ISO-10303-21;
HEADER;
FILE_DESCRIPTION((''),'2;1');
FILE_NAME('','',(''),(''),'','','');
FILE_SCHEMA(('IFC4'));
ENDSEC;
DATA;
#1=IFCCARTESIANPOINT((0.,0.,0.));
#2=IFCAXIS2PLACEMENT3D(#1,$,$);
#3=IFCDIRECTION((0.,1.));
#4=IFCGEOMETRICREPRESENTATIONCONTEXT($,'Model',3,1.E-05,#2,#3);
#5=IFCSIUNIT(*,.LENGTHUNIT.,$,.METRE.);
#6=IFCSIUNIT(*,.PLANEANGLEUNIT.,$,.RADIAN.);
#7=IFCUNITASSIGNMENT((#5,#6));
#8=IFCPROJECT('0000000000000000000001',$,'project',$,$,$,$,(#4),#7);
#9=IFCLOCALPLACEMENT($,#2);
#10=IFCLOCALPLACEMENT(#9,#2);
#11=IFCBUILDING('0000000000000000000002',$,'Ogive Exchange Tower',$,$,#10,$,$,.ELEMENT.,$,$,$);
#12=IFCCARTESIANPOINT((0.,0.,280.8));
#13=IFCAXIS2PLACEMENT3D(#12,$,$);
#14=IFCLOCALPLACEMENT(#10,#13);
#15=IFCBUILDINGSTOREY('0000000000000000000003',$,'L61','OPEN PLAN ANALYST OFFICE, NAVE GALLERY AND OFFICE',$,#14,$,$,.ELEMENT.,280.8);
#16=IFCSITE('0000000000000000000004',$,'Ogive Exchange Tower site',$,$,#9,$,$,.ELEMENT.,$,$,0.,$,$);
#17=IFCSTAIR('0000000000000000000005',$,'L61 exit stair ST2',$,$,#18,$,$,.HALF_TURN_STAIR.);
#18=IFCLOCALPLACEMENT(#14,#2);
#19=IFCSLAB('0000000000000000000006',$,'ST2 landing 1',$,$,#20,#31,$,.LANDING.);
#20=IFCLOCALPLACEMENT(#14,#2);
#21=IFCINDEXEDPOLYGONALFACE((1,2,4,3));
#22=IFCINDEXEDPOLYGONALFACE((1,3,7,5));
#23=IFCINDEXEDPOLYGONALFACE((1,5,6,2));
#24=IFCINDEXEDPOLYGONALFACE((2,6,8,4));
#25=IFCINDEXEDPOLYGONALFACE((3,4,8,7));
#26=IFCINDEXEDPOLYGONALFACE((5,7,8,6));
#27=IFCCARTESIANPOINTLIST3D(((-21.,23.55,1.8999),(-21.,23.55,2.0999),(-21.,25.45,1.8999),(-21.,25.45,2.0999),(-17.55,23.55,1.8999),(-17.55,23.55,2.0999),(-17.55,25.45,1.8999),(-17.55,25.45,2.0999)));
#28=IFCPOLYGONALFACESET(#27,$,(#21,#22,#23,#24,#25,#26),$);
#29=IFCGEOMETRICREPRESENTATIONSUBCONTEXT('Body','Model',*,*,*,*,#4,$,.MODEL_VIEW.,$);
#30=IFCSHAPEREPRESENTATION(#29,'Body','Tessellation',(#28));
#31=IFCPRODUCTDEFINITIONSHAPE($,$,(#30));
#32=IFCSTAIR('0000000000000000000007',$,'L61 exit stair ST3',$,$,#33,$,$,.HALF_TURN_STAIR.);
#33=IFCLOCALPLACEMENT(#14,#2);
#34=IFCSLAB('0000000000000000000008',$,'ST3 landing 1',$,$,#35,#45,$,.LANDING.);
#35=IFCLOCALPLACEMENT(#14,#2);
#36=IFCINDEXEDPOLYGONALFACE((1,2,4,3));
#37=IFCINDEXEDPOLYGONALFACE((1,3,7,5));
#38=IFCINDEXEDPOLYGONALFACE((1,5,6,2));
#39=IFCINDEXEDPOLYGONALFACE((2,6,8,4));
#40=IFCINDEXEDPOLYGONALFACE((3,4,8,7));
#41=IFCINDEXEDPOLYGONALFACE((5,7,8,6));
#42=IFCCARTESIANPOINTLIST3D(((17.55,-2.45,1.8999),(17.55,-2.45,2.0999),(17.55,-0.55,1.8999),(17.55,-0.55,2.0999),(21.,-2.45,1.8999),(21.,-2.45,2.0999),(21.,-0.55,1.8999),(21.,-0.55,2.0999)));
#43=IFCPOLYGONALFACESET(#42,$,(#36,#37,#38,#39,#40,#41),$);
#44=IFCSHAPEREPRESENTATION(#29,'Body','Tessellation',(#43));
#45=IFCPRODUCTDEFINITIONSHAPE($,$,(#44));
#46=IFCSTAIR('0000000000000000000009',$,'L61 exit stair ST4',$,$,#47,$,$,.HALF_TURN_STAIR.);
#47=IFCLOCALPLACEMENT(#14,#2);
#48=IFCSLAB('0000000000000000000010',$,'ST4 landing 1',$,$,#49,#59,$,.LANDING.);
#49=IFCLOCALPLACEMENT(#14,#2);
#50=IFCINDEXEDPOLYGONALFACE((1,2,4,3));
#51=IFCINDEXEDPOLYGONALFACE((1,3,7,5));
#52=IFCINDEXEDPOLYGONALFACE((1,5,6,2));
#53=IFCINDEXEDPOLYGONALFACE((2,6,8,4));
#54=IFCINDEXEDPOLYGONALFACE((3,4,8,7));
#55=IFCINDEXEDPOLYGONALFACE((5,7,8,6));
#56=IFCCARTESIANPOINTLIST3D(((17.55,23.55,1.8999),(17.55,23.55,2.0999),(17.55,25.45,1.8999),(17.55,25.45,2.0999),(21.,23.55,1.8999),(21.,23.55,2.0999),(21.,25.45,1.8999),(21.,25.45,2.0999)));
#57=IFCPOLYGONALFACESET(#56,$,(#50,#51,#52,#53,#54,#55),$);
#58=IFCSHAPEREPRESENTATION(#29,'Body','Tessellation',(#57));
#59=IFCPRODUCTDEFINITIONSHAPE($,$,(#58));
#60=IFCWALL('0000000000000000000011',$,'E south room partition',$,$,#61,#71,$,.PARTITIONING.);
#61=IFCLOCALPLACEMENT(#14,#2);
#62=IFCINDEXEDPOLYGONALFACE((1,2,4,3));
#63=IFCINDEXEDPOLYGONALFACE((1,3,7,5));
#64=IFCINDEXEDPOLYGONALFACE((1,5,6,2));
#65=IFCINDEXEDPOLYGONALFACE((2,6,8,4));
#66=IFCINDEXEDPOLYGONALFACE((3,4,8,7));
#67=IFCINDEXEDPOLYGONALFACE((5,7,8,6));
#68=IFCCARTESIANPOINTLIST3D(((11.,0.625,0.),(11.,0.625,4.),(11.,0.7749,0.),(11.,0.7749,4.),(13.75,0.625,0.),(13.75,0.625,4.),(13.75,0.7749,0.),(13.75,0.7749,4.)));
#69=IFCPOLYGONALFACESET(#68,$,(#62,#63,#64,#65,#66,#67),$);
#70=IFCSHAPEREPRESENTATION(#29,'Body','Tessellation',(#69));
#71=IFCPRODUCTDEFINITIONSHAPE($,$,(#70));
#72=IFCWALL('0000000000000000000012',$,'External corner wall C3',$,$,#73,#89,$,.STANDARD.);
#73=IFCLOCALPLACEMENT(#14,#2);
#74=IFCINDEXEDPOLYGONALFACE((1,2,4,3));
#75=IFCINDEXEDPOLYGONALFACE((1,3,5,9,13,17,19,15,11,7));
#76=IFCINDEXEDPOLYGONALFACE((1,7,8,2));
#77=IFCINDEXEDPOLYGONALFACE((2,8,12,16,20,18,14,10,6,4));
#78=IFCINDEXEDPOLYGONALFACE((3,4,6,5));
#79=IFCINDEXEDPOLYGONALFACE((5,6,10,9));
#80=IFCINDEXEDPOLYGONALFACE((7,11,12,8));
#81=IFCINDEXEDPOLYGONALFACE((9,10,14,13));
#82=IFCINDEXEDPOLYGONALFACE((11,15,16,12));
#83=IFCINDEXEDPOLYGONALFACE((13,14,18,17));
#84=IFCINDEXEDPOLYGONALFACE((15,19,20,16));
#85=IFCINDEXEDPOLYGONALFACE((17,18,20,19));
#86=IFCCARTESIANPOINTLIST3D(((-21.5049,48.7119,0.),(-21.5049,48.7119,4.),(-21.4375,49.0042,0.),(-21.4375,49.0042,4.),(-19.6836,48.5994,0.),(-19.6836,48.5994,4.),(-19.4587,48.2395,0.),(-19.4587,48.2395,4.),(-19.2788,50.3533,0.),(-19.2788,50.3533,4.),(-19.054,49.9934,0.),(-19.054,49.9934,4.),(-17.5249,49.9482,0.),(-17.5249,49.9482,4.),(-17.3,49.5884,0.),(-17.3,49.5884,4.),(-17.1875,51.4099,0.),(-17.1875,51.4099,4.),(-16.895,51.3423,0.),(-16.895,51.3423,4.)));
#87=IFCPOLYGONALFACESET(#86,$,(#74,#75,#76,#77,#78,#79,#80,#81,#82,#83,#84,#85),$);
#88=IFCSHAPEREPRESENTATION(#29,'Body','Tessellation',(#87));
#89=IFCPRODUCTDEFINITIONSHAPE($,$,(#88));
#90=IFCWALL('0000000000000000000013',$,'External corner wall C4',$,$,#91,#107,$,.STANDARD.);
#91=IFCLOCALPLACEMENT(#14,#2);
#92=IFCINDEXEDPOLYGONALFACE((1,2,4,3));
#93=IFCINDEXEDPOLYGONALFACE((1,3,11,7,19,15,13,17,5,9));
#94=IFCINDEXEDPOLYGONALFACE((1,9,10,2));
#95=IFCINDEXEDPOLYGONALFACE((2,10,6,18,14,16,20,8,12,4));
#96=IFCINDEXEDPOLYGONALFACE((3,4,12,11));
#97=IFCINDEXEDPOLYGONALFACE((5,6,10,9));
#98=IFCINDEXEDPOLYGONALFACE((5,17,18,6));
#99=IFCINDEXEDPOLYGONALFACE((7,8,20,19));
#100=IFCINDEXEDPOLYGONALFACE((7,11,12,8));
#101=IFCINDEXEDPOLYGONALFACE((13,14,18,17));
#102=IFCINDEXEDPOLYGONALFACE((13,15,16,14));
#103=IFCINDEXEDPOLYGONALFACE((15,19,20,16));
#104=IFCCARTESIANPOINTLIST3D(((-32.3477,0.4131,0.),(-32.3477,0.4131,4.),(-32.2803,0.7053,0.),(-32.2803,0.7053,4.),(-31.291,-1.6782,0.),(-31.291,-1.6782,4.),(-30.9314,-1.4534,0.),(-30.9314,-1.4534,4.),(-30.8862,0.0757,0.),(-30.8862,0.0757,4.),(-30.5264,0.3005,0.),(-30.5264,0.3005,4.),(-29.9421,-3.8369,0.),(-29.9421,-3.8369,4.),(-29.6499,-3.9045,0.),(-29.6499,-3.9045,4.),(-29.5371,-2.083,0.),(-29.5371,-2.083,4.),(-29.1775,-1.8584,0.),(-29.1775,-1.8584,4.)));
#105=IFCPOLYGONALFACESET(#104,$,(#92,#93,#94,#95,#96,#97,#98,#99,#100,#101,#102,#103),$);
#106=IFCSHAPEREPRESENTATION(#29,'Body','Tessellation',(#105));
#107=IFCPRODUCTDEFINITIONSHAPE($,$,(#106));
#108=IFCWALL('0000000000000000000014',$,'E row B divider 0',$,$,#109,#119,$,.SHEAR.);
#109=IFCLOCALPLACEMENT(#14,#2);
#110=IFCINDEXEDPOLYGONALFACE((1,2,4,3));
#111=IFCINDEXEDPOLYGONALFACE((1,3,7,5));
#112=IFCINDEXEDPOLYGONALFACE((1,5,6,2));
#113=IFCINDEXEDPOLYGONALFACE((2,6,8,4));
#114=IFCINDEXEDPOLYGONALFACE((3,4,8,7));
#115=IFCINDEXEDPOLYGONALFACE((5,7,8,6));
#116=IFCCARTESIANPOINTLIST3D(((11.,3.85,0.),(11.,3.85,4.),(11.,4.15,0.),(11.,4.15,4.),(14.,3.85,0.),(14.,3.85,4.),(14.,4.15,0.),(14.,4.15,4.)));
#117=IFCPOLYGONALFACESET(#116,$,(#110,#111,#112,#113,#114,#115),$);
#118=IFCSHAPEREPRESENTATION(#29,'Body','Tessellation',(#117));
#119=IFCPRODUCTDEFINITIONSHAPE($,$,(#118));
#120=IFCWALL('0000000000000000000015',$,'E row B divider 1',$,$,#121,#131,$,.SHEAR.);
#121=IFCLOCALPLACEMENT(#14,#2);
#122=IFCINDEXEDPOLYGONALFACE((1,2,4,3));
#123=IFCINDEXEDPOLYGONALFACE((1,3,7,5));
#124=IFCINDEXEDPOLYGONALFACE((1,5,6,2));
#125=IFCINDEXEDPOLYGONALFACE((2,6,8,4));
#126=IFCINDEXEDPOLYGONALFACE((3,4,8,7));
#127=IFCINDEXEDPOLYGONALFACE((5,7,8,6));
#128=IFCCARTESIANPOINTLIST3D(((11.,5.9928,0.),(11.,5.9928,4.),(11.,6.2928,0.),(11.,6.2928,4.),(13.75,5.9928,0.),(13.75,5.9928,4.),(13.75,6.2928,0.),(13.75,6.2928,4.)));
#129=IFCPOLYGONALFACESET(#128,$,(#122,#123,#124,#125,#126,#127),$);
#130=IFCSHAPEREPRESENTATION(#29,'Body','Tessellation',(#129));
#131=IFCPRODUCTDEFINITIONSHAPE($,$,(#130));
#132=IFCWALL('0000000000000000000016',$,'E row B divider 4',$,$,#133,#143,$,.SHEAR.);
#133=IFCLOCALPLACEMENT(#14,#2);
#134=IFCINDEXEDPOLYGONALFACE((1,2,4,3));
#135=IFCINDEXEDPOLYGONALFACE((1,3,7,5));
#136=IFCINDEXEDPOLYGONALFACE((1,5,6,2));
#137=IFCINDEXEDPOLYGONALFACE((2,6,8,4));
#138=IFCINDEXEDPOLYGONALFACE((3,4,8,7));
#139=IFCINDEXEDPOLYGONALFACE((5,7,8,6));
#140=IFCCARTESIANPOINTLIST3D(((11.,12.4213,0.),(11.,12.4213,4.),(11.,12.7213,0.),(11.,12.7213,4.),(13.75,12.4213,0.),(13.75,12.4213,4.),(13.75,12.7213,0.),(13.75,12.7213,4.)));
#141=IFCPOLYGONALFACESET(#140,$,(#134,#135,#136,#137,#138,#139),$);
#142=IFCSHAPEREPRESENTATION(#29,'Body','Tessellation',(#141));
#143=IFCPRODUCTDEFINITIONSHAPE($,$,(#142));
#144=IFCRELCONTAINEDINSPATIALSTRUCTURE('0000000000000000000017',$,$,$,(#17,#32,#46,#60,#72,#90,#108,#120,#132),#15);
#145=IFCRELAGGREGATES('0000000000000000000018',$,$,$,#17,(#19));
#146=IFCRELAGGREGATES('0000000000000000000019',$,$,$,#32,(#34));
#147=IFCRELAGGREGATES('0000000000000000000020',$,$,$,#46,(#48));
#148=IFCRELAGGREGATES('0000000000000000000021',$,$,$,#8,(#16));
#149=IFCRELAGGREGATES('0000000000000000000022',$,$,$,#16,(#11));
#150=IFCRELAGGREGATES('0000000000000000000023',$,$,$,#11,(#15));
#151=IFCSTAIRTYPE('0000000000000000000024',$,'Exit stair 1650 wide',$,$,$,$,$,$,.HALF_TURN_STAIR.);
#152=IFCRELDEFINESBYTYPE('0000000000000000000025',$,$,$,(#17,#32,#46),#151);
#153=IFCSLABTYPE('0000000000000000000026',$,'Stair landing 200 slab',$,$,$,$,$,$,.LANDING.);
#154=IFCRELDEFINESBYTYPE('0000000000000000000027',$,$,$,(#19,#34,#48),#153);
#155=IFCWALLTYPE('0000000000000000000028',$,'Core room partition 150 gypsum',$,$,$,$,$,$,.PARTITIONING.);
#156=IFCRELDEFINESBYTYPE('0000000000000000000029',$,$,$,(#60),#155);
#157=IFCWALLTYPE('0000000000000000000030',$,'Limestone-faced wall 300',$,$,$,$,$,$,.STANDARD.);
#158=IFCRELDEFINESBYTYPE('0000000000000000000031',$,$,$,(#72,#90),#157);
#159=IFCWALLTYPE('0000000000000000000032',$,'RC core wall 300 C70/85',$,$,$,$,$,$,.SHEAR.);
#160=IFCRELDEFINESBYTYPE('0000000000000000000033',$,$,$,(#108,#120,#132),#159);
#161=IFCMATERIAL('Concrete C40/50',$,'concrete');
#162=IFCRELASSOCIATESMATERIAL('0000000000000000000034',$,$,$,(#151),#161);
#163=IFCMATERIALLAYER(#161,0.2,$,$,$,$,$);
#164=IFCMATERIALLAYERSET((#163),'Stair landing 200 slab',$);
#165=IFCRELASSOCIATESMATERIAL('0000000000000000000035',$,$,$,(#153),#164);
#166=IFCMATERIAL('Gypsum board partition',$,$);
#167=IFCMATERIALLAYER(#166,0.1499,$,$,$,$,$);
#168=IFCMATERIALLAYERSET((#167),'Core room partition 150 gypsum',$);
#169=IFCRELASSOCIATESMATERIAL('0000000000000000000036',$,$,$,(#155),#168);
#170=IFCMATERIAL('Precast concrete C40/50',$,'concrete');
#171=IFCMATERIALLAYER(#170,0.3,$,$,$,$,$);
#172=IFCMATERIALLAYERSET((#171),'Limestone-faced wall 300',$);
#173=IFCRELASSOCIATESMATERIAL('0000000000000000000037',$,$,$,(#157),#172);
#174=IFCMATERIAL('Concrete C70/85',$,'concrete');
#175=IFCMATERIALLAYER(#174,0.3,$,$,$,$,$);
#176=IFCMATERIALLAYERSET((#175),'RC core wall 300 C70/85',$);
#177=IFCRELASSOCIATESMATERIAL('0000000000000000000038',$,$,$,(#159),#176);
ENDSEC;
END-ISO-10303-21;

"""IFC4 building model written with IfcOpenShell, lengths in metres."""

from ifc_helpers import new_model, si_unit, direction, frame, frame_2d, origin, place, context, subcontext, project, spatial, polyline, rectangle, outline, extrude, material, layer, layer_set, type_object, element, aggregate, save


model = new_model("IFC4")

# Units and contexts
model_context = context("Model", 3, precision=1e-05, world=origin(), true_north=direction((0.0, 1.0)))
body_context = subcontext(model_context, "Body", "Model", "MODEL_VIEW")
ifc_project = project(units=[si_unit("LENGTHUNIT", "METRE"), si_unit("PLANEANGLEUNIT", "RADIAN")], contexts=[model_context])

# Site, building, storey
site_placement = place(None, origin())
site = spatial("IfcSite", under=ifc_project, at=site_placement, Name="Ogive Exchange Tower site", CompositionType="ELEMENT", RefElevation=0.0)
building_placement = place(site_placement, origin())
building = spatial("IfcBuilding", under=site, at=building_placement, Name="Ogive Exchange Tower", CompositionType="ELEMENT")
storey_placement = place(building_placement, frame((0.0, 0.0, 280.8)))
storey = spatial("IfcBuildingStorey", under=building, at=storey_placement, Name="L61", Description="OPEN PLAN ANALYST OFFICE, NAVE GALLERY AND OFFICE", CompositionType="ELEMENT", Elevation=280.8)

# Shared definitions
ifc_material_1 = material(Name="Concrete C70/85", Category="concrete")

# Stairs, slabs
ifc_material_2 = material(Name="Concrete C40/50", Category="concrete")
stair_type = type_object("IfcStairType", Name="Exit stair 1650 wide", PredefinedType="HALF_TURN_STAIR", material=ifc_material_2)
ifc_layer_1 = layer(ifc_material_2, 0.2)
ifc_layer_set_1 = layer_set([ifc_layer_1], Name="Stair landing 200 slab")
slab_type_1 = type_object("IfcSlabType", Name="Stair landing 200 slab", PredefinedType="LANDING", material=ifc_layer_set_1)
stair_1_placement = place(storey_placement, origin())
stair_1 = element("IfcStair", 1, at=stair_1_placement, inside=storey, type_object=stair_type, Name="L61 exit stair ST2", PredefinedType="HALF_TURN_STAIR")
slab_1_placement = place(storey_placement, frame((0.0, 0.0, 1.8999)))
slab_1 = element("IfcSlab", 2, at=slab_1_placement, type_object=slab_type_1, Name="ST2 landing 1", PredefinedType="LANDING", context=body_context, shape_type="SweptSolid", body=[
    extrude(outline(polyline([(-17.55, 23.55), (-17.55, 25.45), (-21.0, 25.45), (-21.0, 23.55), (-17.55, 23.55)])), origin(), (0.0, 0.0, 1.0), 0.2),
])
aggregate(stair_1, [slab_1])
stair_2_placement = place(storey_placement, origin())
stair_2 = element("IfcStair", 3, at=stair_2_placement, inside=storey, type_object=stair_type, Name="L61 exit stair ST3", PredefinedType="HALF_TURN_STAIR")
slab_2_placement = place(storey_placement, frame((0.0, 0.0, 1.8999)))
slab_2 = element("IfcSlab", 4, at=slab_2_placement, type_object=slab_type_1, Name="ST3 landing 1", PredefinedType="LANDING", context=body_context, shape_type="SweptSolid", body=[
    extrude(outline(polyline([(17.55, -0.55), (17.55, -2.45), (21.0, -2.45), (21.0, -0.55), (17.55, -0.55)])), origin(), (0.0, 0.0, 1.0), 0.2),
])
aggregate(stair_2, [slab_2])
stair_3_placement = place(storey_placement, origin())
stair_3 = element("IfcStair", 5, at=stair_3_placement, inside=storey, type_object=stair_type, Name="L61 exit stair ST4", PredefinedType="HALF_TURN_STAIR")
slab_3_placement = place(storey_placement, frame((0.0, 0.0, 1.8999)))
slab_3 = element("IfcSlab", 6, at=slab_3_placement, type_object=slab_type_1, Name="ST4 landing 1", PredefinedType="LANDING", context=body_context, shape_type="SweptSolid", body=[
    extrude(outline(polyline([(21.0, 23.55), (21.0, 25.45), (17.55, 25.45), (17.55, 23.55), (21.0, 23.55)])), origin(), (0.0, 0.0, 1.0), 0.2),
])
aggregate(stair_3, [slab_3])

# Walls
ifc_material_3 = material(Name="Gypsum board partition")
ifc_layer_2 = layer(ifc_material_3, 0.1499)
ifc_layer_set_2 = layer_set([ifc_layer_2], Name="Core room partition 150 gypsum")
wall_type_1 = type_object("IfcWallType", Name="Core room partition 150 gypsum", PredefinedType="PARTITIONING", material=ifc_layer_set_2)
wall_1_placement = place(storey_placement, frame((11.0, 0.7, 0.0), z_axis=(0.0, 0.0, 1.0), x_axis=(1.0, 0.0, 0.0)))
element("IfcWall", 7, at=wall_1_placement, inside=storey, type_object=wall_type_1, Name="E south room partition", PredefinedType="PARTITIONING", context=body_context, shape_type="SweptSolid", body=[
    extrude(rectangle(XDim=2.75, YDim=0.1499, at=frame_2d((1.375, 0.0))), origin(), (0.0, 0.0, 1.0), 4.0),
])
ifc_material_4 = material(Name="Precast concrete C40/50", Category="concrete")
ifc_layer_3 = layer(ifc_material_4, 0.3)
ifc_layer_set_3 = layer_set([ifc_layer_3], Name="Limestone-faced wall 300")
wall_type_2 = type_object("IfcWallType", Name="Limestone-faced wall 300", PredefinedType="STANDARD", material=ifc_layer_set_3)
wall_2_placement = place(storey_placement, origin())
element("IfcWall", 8, at=wall_2_placement, inside=storey, type_object=wall_type_2, Name="External corner wall C3", PredefinedType="STANDARD", context=body_context, shape_type="SweptSolid", body=[
    extrude(outline(polyline([(-21.5049, 48.7119), (-21.4375, 49.0042), (-19.6836, 48.5994), (-19.2788, 50.3533), (-17.5249, 49.9482), (-17.1875, 51.4099), (-16.895, 51.3423), (-17.3, 49.5884), (-19.054, 49.9934), (-19.4587, 48.2395), (-21.5049, 48.7119)])), origin(), (0.0, 0.0, 1.0), 4.0),
])
wall_3_placement = place(storey_placement, origin())
element("IfcWall", 9, at=wall_3_placement, inside=storey, type_object=wall_type_2, Name="External corner wall C4", PredefinedType="STANDARD", context=body_context, shape_type="SweptSolid", body=[
    extrude(outline(polyline([(-31.291, -1.6782), (-30.8862, 0.0757), (-32.3477, 0.4131), (-32.2803, 0.7053), (-30.5264, 0.3005), (-30.9314, -1.4534), (-29.1775, -1.8584), (-29.6499, -3.9045), (-29.9421, -3.8369), (-29.5371, -2.083), (-31.291, -1.6782)])), origin(), (0.0, 0.0, 1.0), 4.0),
])
ifc_layer_4 = layer(ifc_material_1, 0.3)
ifc_layer_set_4 = layer_set([ifc_layer_4], Name="RC core wall 300 C70/85")
wall_type_3 = type_object("IfcWallType", Name="RC core wall 300 C70/85", PredefinedType="SHEAR", material=ifc_layer_set_4)
wall_4_placement = place(storey_placement, frame((11.0, 4.0, 0.0), z_axis=(0.0, 0.0, 1.0), x_axis=(1.0, 0.0, 0.0)))
element("IfcWall", 10, at=wall_4_placement, inside=storey, type_object=wall_type_3, Name="E row B divider 0", PredefinedType="SHEAR", context=body_context, shape_type="SweptSolid", body=[
    extrude(rectangle(XDim=3.0, YDim=0.3, at=frame_2d((1.5, 0.0))), origin(), (0.0, 0.0, 1.0), 4.0),
])
for number, where, z_axis, x_axis, name in (
    (11, (11.0, 6.1428, 0.0), (0.0, 0.0, 1.0), (1.0, 0.0, 0.0), "E row B divider 1"),
    (12, (11.0, 12.5713, 0.0), (0.0, 0.0, 1.0), (1.0, 0.0, 0.0), "E row B divider 4"),
):
    element("IfcWall", number, at=place(storey_placement, frame(where, z_axis=z_axis, x_axis=x_axis)), inside=storey, type_object=wall_type_3, Name=name, PredefinedType="SHEAR", context=body_context, shape_type="SweptSolid", body=[
        extrude(rectangle(XDim=2.75, YDim=0.3, at=frame_2d((1.375, 0.0))), origin(), (0.0, 0.0, 1.0), 4.0),
    ])

save(model, "model.ifc")
